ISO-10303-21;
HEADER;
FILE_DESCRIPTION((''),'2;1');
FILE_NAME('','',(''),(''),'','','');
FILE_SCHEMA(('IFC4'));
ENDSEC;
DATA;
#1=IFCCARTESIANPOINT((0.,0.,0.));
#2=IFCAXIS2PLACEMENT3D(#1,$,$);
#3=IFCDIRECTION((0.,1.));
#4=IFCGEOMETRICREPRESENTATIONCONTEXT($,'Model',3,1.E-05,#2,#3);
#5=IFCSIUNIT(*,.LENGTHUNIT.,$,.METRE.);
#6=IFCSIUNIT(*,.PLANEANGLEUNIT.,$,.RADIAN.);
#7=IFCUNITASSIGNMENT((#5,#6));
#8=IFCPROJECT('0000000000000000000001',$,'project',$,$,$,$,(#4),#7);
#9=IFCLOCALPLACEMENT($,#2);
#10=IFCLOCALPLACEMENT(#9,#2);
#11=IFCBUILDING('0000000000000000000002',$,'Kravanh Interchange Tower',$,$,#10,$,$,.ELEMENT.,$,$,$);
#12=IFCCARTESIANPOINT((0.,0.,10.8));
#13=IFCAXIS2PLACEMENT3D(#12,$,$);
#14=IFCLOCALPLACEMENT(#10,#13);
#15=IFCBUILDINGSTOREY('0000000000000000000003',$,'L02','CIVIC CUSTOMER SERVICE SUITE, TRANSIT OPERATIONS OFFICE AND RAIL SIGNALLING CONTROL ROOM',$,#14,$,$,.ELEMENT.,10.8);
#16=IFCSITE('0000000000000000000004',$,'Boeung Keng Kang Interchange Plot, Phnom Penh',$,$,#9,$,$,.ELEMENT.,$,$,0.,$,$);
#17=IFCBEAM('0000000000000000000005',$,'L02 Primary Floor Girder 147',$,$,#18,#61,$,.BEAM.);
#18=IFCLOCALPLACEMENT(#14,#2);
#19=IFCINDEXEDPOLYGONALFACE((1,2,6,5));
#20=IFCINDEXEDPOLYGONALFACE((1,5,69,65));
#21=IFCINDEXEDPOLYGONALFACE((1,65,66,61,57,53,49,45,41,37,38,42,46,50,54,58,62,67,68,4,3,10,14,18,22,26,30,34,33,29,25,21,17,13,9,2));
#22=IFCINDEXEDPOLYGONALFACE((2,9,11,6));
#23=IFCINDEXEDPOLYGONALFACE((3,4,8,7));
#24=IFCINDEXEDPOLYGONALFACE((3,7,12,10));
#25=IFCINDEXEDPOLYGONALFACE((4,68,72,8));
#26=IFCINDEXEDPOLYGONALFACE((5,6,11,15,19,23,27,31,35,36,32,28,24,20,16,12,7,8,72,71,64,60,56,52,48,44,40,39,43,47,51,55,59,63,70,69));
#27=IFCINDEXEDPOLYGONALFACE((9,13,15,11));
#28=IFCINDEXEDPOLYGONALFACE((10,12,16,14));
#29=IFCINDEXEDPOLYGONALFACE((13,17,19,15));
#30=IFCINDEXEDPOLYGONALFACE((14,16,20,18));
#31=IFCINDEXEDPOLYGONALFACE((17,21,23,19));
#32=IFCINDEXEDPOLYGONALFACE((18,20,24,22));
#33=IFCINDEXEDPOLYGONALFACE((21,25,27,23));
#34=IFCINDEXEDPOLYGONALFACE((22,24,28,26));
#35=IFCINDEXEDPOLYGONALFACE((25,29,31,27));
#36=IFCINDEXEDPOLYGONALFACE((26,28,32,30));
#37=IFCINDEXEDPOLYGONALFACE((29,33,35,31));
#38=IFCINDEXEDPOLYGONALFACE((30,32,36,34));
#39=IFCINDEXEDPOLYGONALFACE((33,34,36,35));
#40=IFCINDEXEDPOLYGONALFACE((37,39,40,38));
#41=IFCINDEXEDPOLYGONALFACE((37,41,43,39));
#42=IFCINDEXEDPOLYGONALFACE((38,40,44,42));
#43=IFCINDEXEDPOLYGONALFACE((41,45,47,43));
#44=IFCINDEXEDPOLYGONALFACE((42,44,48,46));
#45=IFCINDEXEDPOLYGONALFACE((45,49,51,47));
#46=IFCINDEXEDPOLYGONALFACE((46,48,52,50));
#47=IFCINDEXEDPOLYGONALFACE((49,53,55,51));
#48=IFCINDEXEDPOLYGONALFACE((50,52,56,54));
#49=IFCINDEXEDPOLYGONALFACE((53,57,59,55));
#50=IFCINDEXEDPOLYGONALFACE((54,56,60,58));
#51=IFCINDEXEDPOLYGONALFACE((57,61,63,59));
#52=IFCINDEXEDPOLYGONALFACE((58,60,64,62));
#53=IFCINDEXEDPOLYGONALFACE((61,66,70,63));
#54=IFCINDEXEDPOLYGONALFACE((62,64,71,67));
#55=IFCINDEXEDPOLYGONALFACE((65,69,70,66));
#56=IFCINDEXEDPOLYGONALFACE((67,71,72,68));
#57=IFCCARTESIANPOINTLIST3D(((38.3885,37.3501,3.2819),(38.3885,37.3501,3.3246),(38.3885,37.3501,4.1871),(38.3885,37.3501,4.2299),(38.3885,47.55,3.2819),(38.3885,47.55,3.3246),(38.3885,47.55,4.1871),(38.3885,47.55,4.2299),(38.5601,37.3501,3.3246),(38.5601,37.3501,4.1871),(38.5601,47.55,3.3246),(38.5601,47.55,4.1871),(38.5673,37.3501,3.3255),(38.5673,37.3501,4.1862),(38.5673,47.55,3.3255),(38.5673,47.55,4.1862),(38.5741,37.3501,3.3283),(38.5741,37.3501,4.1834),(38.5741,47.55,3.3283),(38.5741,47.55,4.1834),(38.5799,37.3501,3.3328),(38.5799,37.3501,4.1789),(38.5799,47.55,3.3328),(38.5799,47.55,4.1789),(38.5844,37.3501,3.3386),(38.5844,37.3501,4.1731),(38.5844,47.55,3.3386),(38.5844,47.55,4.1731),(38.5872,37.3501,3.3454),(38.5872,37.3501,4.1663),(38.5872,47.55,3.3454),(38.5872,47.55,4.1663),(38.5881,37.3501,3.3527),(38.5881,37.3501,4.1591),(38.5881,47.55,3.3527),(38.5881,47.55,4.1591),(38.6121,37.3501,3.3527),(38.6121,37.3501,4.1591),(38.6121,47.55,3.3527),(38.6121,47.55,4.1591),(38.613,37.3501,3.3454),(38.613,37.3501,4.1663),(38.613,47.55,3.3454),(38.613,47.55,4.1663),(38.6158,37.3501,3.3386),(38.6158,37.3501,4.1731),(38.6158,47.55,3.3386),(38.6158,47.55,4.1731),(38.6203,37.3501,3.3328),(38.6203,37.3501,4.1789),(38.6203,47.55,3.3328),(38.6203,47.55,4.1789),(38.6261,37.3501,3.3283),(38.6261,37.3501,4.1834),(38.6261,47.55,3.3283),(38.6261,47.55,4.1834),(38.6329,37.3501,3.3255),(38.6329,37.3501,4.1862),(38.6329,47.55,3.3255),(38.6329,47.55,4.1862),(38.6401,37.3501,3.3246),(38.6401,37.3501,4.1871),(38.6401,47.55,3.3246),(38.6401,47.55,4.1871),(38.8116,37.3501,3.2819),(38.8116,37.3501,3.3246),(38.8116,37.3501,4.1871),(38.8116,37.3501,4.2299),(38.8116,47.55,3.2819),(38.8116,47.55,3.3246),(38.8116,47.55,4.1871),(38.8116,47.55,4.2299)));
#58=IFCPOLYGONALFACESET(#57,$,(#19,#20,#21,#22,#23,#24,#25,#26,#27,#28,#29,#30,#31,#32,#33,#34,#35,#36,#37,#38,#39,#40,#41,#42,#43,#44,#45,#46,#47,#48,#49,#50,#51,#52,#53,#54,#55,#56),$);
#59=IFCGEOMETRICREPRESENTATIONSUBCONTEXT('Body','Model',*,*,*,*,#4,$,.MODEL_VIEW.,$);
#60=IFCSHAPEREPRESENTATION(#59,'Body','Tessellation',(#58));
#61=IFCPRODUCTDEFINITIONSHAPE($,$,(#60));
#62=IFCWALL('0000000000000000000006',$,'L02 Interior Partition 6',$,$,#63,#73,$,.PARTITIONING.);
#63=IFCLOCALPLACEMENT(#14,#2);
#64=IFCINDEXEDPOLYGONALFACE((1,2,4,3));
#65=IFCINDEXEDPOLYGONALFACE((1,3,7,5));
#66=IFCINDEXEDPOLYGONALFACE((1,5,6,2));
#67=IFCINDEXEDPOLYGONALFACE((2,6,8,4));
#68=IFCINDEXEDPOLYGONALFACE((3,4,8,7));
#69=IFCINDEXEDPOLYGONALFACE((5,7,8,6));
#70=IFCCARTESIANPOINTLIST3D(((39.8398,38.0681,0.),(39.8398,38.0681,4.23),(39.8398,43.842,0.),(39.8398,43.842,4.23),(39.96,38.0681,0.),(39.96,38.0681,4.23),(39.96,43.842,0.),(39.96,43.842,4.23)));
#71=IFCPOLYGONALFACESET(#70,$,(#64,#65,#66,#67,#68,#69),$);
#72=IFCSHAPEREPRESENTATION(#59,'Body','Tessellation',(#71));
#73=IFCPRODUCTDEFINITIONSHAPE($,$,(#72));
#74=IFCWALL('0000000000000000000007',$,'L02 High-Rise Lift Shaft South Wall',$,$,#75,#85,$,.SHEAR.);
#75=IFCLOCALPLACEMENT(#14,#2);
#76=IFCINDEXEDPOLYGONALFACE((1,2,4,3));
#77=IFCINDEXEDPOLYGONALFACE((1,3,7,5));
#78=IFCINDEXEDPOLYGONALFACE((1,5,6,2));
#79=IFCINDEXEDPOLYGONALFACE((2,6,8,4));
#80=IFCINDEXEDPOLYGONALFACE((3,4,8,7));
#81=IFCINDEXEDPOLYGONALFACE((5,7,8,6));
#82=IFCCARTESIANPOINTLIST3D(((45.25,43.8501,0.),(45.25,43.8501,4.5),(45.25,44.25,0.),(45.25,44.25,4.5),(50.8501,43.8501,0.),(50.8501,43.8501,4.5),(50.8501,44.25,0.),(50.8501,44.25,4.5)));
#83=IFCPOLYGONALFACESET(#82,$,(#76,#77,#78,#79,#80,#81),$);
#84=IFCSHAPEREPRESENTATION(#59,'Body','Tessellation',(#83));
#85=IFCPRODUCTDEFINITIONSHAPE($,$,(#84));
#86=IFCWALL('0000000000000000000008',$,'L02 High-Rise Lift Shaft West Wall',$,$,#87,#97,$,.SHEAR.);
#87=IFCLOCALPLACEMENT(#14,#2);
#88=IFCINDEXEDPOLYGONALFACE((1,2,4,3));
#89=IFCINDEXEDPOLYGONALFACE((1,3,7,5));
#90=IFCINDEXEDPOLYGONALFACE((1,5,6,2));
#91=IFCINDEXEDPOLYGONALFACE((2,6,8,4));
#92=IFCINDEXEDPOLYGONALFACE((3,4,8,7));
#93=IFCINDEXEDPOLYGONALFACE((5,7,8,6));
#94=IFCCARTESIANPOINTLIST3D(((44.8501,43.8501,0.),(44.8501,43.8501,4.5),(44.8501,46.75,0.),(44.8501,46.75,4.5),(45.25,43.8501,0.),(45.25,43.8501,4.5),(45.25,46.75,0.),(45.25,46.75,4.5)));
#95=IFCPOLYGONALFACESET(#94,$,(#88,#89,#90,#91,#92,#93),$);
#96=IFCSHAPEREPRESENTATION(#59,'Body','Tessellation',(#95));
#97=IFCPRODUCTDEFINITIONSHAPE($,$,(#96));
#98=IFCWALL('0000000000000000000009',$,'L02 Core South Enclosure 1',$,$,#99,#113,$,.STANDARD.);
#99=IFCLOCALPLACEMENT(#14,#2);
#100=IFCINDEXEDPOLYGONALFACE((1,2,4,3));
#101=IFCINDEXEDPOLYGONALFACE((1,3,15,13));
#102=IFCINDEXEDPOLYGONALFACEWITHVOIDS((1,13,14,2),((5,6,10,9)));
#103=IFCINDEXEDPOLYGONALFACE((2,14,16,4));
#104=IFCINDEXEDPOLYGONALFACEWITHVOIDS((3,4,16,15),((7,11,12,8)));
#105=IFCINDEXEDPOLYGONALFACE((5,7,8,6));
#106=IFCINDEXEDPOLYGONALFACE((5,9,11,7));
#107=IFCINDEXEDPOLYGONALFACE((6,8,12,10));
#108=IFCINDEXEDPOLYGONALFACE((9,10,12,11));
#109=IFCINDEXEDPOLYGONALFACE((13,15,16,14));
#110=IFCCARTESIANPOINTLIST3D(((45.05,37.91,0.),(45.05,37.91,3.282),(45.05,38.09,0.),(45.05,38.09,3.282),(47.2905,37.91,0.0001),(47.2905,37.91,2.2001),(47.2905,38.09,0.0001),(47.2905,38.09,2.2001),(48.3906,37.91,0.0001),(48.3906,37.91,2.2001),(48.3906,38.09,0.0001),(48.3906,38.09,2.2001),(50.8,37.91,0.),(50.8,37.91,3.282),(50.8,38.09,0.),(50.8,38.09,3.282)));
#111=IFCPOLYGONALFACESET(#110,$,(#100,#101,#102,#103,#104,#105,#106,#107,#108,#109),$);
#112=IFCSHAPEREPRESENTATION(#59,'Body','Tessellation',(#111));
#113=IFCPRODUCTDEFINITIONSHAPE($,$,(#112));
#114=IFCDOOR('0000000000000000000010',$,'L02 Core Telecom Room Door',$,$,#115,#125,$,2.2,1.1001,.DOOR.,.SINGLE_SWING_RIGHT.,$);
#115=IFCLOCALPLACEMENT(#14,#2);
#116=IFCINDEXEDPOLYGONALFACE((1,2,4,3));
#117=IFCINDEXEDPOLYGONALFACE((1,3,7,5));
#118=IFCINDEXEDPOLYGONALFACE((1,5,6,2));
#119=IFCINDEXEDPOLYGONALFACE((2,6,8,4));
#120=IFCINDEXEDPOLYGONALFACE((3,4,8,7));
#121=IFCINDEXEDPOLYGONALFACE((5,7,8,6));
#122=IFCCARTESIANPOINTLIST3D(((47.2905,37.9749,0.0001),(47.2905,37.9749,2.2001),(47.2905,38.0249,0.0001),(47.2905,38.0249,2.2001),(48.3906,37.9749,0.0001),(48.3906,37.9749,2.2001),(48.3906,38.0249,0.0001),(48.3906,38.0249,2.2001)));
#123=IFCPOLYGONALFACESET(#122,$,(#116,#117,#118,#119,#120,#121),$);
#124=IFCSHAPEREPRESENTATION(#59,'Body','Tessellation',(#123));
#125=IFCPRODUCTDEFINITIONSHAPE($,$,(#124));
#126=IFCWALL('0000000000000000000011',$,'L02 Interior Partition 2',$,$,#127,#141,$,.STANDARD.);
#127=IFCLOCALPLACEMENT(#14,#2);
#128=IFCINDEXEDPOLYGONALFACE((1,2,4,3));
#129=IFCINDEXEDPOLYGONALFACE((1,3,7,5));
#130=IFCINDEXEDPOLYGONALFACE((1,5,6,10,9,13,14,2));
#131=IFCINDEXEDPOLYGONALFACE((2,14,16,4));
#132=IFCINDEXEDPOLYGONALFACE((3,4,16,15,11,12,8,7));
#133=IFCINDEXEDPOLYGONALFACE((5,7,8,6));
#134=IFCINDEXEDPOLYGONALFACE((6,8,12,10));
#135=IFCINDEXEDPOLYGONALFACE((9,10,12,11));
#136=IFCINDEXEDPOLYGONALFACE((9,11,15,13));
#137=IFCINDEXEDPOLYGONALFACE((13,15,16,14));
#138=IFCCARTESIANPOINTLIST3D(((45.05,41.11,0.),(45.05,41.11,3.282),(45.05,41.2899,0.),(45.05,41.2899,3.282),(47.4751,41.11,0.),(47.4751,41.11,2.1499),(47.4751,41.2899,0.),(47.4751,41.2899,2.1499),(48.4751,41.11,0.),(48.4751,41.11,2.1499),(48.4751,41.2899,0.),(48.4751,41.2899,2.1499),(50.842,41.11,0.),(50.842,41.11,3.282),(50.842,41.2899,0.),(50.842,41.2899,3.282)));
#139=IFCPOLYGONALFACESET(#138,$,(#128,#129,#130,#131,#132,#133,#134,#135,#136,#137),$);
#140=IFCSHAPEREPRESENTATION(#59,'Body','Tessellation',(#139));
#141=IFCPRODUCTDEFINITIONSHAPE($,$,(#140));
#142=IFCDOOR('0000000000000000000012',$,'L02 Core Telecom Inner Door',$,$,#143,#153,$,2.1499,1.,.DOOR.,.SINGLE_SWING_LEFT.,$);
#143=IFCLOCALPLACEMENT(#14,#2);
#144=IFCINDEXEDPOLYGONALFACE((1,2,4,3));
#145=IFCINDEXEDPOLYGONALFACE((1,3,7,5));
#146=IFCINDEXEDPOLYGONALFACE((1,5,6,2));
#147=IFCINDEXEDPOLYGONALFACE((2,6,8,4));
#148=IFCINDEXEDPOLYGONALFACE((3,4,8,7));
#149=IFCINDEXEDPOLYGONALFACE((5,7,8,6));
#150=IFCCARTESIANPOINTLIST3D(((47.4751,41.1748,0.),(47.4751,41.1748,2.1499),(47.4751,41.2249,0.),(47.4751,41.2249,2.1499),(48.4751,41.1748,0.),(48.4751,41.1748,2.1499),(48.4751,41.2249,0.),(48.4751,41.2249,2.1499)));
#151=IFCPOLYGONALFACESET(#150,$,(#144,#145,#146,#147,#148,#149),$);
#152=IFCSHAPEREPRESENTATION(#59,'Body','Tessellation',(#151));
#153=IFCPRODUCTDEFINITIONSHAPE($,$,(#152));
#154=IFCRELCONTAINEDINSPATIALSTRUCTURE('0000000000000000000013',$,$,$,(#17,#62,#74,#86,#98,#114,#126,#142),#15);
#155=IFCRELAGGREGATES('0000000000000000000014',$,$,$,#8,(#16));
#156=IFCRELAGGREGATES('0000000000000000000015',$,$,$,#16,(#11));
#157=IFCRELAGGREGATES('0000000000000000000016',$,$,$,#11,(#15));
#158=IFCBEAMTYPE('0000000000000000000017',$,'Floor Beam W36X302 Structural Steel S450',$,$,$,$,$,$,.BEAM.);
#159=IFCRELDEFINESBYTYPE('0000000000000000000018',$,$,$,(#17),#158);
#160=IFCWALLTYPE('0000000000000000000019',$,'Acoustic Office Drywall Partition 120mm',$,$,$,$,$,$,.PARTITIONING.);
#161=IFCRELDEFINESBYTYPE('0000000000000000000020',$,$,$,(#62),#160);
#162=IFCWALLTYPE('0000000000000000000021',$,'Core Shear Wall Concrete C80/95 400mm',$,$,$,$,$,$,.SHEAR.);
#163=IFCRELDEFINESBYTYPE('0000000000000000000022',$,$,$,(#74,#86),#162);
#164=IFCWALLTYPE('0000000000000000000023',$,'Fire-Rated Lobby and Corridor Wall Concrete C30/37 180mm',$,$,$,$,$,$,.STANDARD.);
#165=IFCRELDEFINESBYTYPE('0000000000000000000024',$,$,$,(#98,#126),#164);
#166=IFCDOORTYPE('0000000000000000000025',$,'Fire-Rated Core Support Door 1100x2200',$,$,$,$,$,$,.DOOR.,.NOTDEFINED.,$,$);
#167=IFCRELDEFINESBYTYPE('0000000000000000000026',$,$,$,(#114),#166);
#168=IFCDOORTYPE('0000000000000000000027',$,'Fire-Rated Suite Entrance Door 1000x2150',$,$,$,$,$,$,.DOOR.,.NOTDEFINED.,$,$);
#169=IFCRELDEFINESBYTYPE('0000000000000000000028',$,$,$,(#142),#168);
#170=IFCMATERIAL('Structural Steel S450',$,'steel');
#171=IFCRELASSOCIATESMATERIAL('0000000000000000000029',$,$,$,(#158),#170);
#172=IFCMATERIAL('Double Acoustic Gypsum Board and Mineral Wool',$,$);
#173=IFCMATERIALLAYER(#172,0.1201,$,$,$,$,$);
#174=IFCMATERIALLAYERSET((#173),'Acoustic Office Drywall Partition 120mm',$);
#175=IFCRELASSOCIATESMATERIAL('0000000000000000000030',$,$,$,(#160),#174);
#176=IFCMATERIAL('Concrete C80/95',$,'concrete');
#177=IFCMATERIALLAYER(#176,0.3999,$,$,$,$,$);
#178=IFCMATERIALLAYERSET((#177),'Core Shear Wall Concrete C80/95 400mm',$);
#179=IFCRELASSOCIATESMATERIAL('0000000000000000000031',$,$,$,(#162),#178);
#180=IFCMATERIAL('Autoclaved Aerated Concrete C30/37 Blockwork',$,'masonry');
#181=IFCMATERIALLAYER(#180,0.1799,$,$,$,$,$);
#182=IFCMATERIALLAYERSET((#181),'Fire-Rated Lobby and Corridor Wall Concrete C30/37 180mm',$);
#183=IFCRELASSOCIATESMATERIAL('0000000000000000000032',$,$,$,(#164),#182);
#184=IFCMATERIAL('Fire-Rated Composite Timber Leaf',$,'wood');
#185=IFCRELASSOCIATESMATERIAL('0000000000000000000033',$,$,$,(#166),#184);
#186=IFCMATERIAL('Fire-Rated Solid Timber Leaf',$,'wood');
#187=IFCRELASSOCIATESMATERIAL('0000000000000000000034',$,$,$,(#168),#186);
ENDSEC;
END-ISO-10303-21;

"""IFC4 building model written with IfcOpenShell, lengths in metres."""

from ifc_helpers import new_model, si_unit, direction, frame, frame_2d, origin, origin_2d, place, context, subcontext, project, spatial, rectangle, i_section, extrude, material, layer, layer_set, material_profile, profile_set, type_object, element, fill, save


model = new_model("IFC4")

# Units and contexts
model_context = context("Model", 3, precision=1e-05, world=origin(), true_north=direction((0.0, 1.0)))
body_context = subcontext(model_context, "Body", "Model", "MODEL_VIEW")
ifc_project = project(units=[si_unit("LENGTHUNIT", "METRE"), si_unit("PLANEANGLEUNIT", "RADIAN")], contexts=[model_context])

# Site, building, storey
site_placement = place(None, origin())
site = spatial("IfcSite", under=ifc_project, at=site_placement, Name="Boeung Keng Kang Interchange Plot, Phnom Penh", CompositionType="ELEMENT", RefElevation=0.0)
building_placement = place(site_placement, origin())
building = spatial("IfcBuilding", under=site, at=building_placement, Name="Kravanh Interchange Tower", CompositionType="ELEMENT")
storey_placement = place(building_placement, frame((0.0, 0.0, 10.8)))
storey = spatial("IfcBuildingStorey", under=building, at=storey_placement, Name="L02", Description="CIVIC CUSTOMER SERVICE SUITE, TRANSIT OPERATIONS OFFICE AND RAIL SIGNALLING CONTROL ROOM", CompositionType="ELEMENT", Elevation=10.8)

# Beam
ifc_material_1 = material(Name="Structural Steel S450", Category="steel")
ifc_material_profile_1 = material_profile(ifc_material_1, i_section(OverallWidth=0.4231, OverallDepth=0.948, WebThickness=0.0239, FlangeThickness=0.0427, FilletRadius=0.0281, at=origin_2d()), Name="W36X302")
ifc_profile_set_1 = profile_set([ifc_material_profile_1], Name="Structural Steel S450")
beam_type = type_object("IfcBeamType", Name="Floor Beam W36X302 Structural Steel S450", PredefinedType="BEAM", material=ifc_profile_set_1)
beam_1_placement = place(storey_placement, frame((38.6001, 37.3501, 3.7559), z_axis=(0.0, 1.0, 0.0), x_axis=(-1.0, 0.0, 0.0)))
element("IfcBeam", 1, at=beam_1_placement, inside=storey, type_object=beam_type, Name="L02 Primary Floor Girder 147", PredefinedType="BEAM", context=body_context, shape_type="SweptSolid", body=[
    extrude(i_section(OverallWidth=0.4231, OverallDepth=0.948, WebThickness=0.0239, FlangeThickness=0.0427, FilletRadius=0.0281, at=origin_2d()), origin(), (0.0, 0.0, 1.0), 10.2),
])

# Walls
ifc_material_2 = material(Name="Double Acoustic Gypsum Board and Mineral Wool")
ifc_layer_1 = layer(ifc_material_2, 0.1201)
ifc_layer_set_1 = layer_set([ifc_layer_1], Name="Acoustic Office Drywall Partition 120mm")
wall_type_1 = type_object("IfcWallType", Name="Acoustic Office Drywall Partition 120mm", PredefinedType="PARTITIONING", material=ifc_layer_set_1)
wall_1_placement = place(storey_placement, frame((39.8999, 38.0681, 0.0), z_axis=(0.0, 0.0, 1.0), x_axis=(0.0, 1.0, 0.0)))
element("IfcWall", 2, at=wall_1_placement, inside=storey, type_object=wall_type_1, Name="L02 Interior Partition 6", PredefinedType="PARTITIONING", context=body_context, shape_type="SweptSolid", body=[
    extrude(rectangle(XDim=5.7739, YDim=0.1201, at=frame_2d((2.887, 0.0))), origin(), (0.0, 0.0, 1.0), 4.23),
])
ifc_material_3 = material(Name="Concrete C80/95", Category="concrete")
ifc_layer_2 = layer(ifc_material_3, 0.3999)
ifc_layer_set_2 = layer_set([ifc_layer_2], Name="Core Shear Wall Concrete C80/95 400mm")
wall_type_2 = type_object("IfcWallType", Name="Core Shear Wall Concrete C80/95 400mm", PredefinedType="SHEAR", material=ifc_layer_set_2)
wall_2_placement = place(storey_placement, frame((45.25, 44.05, 0.0), z_axis=(0.0, 0.0, 1.0), x_axis=(1.0, 0.0, 0.0)))
element("IfcWall", 3, at=wall_2_placement, inside=storey, type_object=wall_type_2, Name="L02 High-Rise Lift Shaft South Wall", PredefinedType="SHEAR", context=body_context, shape_type="SweptSolid", body=[
    extrude(rectangle(XDim=5.6001, YDim=0.3999, at=frame_2d((2.8, 0.0))), origin(), (0.0, 0.0, 1.0), 4.5),
])
wall_3_placement = place(storey_placement, frame((45.05, 43.8501, 0.0), z_axis=(0.0, 0.0, 1.0), x_axis=(0.0, 1.0, 0.0)))
element("IfcWall", 4, at=wall_3_placement, inside=storey, type_object=wall_type_2, Name="L02 High-Rise Lift Shaft West Wall", PredefinedType="SHEAR", context=body_context, shape_type="SweptSolid", body=[
    extrude(rectangle(XDim=2.8999, YDim=0.3999, at=frame_2d((1.45, 0.0))), origin(), (0.0, 0.0, 1.0), 4.5),
])

# Walls, openings, doors
ifc_material_4 = material(Name="Autoclaved Aerated Concrete C30/37 Blockwork", Category="masonry")
ifc_layer_3 = layer(ifc_material_4, 0.1799)
ifc_layer_set_3 = layer_set([ifc_layer_3], Name="Fire-Rated Lobby and Corridor Wall Concrete C30/37 180mm")
wall_type_3 = type_object("IfcWallType", Name="Fire-Rated Lobby and Corridor Wall Concrete C30/37 180mm", PredefinedType="STANDARD", material=ifc_layer_set_3)
wall_4_placement = place(storey_placement, frame((45.05, 38.0, 0.0), z_axis=(0.0, 0.0, 1.0), x_axis=(1.0, 0.0, 0.0)))
wall_4 = element("IfcWall", 5, at=wall_4_placement, inside=storey, type_object=wall_type_3, Name="L02 Core South Enclosure 1", PredefinedType="STANDARD", context=body_context, shape_type="SweptSolid", body=[
    extrude(rectangle(XDim=5.75, YDim=0.1799, at=frame_2d((2.875, 0.0))), origin(), (0.0, 0.0, 1.0), 3.282),
])
opening_1_placement = place(wall_4_placement, frame((2.2405, 0.0, 0.0)))
opening_1 = element("IfcOpeningElement", 6, at=opening_1_placement, cuts=wall_4, PredefinedType="OPENING", context=body_context, shape_type="SweptSolid", body=[
    extrude(rectangle(XDim=1.1001, YDim=2.2, at=frame_2d((0.55, 1.1001))), frame((0.0, 0.1001, 0.0), z_axis=(0.0, -1.0, 0.0), x_axis=(1.0, 0.0, 0.0)), (0.0, 0.0, 1.0), 0.2),
])
ifc_material_5 = material(Name="Fire-Rated Composite Timber Leaf", Category="wood")
door_type_1 = type_object("IfcDoorType", Name="Fire-Rated Core Support Door 1100x2200", OperationType="NOTDEFINED", PredefinedType="DOOR", material=ifc_material_5)
door_1_placement = place(opening_1_placement, origin())
door_1 = element("IfcDoor", 7, at=door_1_placement, inside=storey, type_object=door_type_1, Name="L02 Core Telecom Room Door", OperationType="SINGLE_SWING_RIGHT", OverallHeight=2.2, OverallWidth=1.1001, PredefinedType="DOOR", context=body_context, shape_type="SweptSolid", body=[
    extrude(rectangle(XDim=1.1001, YDim=2.2, at=frame_2d((0.55, 1.1001))), frame((0.0, 0.0249, 0.0), z_axis=(0.0, -1.0, 0.0), x_axis=(1.0, 0.0, 0.0)), (0.0, 0.0, 1.0), 0.05),
])
fill(opening_1, door_1)
wall_5_placement = place(storey_placement, frame((45.05, 41.2, 0.0), z_axis=(0.0, 0.0, 1.0), x_axis=(1.0, 0.0, 0.0)))
wall_5 = element("IfcWall", 8, at=wall_5_placement, inside=storey, type_object=wall_type_3, Name="L02 Interior Partition 2", PredefinedType="STANDARD", context=body_context, shape_type="SweptSolid", body=[
    extrude(rectangle(XDim=5.792, YDim=0.1799, at=frame_2d((2.896, 0.0))), origin(), (0.0, 0.0, 1.0), 3.282),
])
opening_2_placement = place(wall_5_placement, frame((2.425, 0.0, 0.0)))
opening_2 = element("IfcOpeningElement", 9, at=opening_2_placement, cuts=wall_5, PredefinedType="OPENING", context=body_context, shape_type="SweptSolid", body=[
    extrude(rectangle(XDim=1.0, YDim=2.1499, at=frame_2d((0.5, 1.075))), frame((0.0, 0.1001, 0.0), z_axis=(0.0, -1.0, 0.0), x_axis=(1.0, 0.0, 0.0)), (0.0, 0.0, 1.0), 0.2),
])
ifc_material_6 = material(Name="Fire-Rated Solid Timber Leaf", Category="wood")
door_type_2 = type_object("IfcDoorType", Name="Fire-Rated Suite Entrance Door 1000x2150", OperationType="NOTDEFINED", PredefinedType="DOOR", material=ifc_material_6)
door_2_placement = place(opening_2_placement, origin())
door_2 = element("IfcDoor", 10, at=door_2_placement, inside=storey, type_object=door_type_2, Name="L02 Core Telecom Inner Door", OperationType="SINGLE_SWING_LEFT", OverallHeight=2.1499, OverallWidth=1.0, PredefinedType="DOOR", context=body_context, shape_type="SweptSolid", body=[
    extrude(rectangle(XDim=1.0, YDim=2.1499, at=frame_2d((0.5, 1.075))), frame((0.0, 0.0249, 0.0), z_axis=(0.0, -1.0, 0.0), x_axis=(1.0, 0.0, 0.0)), (0.0, 0.0, 1.0), 0.05),
])
fill(opening_2, door_2)

save(model, "model.ifc")
